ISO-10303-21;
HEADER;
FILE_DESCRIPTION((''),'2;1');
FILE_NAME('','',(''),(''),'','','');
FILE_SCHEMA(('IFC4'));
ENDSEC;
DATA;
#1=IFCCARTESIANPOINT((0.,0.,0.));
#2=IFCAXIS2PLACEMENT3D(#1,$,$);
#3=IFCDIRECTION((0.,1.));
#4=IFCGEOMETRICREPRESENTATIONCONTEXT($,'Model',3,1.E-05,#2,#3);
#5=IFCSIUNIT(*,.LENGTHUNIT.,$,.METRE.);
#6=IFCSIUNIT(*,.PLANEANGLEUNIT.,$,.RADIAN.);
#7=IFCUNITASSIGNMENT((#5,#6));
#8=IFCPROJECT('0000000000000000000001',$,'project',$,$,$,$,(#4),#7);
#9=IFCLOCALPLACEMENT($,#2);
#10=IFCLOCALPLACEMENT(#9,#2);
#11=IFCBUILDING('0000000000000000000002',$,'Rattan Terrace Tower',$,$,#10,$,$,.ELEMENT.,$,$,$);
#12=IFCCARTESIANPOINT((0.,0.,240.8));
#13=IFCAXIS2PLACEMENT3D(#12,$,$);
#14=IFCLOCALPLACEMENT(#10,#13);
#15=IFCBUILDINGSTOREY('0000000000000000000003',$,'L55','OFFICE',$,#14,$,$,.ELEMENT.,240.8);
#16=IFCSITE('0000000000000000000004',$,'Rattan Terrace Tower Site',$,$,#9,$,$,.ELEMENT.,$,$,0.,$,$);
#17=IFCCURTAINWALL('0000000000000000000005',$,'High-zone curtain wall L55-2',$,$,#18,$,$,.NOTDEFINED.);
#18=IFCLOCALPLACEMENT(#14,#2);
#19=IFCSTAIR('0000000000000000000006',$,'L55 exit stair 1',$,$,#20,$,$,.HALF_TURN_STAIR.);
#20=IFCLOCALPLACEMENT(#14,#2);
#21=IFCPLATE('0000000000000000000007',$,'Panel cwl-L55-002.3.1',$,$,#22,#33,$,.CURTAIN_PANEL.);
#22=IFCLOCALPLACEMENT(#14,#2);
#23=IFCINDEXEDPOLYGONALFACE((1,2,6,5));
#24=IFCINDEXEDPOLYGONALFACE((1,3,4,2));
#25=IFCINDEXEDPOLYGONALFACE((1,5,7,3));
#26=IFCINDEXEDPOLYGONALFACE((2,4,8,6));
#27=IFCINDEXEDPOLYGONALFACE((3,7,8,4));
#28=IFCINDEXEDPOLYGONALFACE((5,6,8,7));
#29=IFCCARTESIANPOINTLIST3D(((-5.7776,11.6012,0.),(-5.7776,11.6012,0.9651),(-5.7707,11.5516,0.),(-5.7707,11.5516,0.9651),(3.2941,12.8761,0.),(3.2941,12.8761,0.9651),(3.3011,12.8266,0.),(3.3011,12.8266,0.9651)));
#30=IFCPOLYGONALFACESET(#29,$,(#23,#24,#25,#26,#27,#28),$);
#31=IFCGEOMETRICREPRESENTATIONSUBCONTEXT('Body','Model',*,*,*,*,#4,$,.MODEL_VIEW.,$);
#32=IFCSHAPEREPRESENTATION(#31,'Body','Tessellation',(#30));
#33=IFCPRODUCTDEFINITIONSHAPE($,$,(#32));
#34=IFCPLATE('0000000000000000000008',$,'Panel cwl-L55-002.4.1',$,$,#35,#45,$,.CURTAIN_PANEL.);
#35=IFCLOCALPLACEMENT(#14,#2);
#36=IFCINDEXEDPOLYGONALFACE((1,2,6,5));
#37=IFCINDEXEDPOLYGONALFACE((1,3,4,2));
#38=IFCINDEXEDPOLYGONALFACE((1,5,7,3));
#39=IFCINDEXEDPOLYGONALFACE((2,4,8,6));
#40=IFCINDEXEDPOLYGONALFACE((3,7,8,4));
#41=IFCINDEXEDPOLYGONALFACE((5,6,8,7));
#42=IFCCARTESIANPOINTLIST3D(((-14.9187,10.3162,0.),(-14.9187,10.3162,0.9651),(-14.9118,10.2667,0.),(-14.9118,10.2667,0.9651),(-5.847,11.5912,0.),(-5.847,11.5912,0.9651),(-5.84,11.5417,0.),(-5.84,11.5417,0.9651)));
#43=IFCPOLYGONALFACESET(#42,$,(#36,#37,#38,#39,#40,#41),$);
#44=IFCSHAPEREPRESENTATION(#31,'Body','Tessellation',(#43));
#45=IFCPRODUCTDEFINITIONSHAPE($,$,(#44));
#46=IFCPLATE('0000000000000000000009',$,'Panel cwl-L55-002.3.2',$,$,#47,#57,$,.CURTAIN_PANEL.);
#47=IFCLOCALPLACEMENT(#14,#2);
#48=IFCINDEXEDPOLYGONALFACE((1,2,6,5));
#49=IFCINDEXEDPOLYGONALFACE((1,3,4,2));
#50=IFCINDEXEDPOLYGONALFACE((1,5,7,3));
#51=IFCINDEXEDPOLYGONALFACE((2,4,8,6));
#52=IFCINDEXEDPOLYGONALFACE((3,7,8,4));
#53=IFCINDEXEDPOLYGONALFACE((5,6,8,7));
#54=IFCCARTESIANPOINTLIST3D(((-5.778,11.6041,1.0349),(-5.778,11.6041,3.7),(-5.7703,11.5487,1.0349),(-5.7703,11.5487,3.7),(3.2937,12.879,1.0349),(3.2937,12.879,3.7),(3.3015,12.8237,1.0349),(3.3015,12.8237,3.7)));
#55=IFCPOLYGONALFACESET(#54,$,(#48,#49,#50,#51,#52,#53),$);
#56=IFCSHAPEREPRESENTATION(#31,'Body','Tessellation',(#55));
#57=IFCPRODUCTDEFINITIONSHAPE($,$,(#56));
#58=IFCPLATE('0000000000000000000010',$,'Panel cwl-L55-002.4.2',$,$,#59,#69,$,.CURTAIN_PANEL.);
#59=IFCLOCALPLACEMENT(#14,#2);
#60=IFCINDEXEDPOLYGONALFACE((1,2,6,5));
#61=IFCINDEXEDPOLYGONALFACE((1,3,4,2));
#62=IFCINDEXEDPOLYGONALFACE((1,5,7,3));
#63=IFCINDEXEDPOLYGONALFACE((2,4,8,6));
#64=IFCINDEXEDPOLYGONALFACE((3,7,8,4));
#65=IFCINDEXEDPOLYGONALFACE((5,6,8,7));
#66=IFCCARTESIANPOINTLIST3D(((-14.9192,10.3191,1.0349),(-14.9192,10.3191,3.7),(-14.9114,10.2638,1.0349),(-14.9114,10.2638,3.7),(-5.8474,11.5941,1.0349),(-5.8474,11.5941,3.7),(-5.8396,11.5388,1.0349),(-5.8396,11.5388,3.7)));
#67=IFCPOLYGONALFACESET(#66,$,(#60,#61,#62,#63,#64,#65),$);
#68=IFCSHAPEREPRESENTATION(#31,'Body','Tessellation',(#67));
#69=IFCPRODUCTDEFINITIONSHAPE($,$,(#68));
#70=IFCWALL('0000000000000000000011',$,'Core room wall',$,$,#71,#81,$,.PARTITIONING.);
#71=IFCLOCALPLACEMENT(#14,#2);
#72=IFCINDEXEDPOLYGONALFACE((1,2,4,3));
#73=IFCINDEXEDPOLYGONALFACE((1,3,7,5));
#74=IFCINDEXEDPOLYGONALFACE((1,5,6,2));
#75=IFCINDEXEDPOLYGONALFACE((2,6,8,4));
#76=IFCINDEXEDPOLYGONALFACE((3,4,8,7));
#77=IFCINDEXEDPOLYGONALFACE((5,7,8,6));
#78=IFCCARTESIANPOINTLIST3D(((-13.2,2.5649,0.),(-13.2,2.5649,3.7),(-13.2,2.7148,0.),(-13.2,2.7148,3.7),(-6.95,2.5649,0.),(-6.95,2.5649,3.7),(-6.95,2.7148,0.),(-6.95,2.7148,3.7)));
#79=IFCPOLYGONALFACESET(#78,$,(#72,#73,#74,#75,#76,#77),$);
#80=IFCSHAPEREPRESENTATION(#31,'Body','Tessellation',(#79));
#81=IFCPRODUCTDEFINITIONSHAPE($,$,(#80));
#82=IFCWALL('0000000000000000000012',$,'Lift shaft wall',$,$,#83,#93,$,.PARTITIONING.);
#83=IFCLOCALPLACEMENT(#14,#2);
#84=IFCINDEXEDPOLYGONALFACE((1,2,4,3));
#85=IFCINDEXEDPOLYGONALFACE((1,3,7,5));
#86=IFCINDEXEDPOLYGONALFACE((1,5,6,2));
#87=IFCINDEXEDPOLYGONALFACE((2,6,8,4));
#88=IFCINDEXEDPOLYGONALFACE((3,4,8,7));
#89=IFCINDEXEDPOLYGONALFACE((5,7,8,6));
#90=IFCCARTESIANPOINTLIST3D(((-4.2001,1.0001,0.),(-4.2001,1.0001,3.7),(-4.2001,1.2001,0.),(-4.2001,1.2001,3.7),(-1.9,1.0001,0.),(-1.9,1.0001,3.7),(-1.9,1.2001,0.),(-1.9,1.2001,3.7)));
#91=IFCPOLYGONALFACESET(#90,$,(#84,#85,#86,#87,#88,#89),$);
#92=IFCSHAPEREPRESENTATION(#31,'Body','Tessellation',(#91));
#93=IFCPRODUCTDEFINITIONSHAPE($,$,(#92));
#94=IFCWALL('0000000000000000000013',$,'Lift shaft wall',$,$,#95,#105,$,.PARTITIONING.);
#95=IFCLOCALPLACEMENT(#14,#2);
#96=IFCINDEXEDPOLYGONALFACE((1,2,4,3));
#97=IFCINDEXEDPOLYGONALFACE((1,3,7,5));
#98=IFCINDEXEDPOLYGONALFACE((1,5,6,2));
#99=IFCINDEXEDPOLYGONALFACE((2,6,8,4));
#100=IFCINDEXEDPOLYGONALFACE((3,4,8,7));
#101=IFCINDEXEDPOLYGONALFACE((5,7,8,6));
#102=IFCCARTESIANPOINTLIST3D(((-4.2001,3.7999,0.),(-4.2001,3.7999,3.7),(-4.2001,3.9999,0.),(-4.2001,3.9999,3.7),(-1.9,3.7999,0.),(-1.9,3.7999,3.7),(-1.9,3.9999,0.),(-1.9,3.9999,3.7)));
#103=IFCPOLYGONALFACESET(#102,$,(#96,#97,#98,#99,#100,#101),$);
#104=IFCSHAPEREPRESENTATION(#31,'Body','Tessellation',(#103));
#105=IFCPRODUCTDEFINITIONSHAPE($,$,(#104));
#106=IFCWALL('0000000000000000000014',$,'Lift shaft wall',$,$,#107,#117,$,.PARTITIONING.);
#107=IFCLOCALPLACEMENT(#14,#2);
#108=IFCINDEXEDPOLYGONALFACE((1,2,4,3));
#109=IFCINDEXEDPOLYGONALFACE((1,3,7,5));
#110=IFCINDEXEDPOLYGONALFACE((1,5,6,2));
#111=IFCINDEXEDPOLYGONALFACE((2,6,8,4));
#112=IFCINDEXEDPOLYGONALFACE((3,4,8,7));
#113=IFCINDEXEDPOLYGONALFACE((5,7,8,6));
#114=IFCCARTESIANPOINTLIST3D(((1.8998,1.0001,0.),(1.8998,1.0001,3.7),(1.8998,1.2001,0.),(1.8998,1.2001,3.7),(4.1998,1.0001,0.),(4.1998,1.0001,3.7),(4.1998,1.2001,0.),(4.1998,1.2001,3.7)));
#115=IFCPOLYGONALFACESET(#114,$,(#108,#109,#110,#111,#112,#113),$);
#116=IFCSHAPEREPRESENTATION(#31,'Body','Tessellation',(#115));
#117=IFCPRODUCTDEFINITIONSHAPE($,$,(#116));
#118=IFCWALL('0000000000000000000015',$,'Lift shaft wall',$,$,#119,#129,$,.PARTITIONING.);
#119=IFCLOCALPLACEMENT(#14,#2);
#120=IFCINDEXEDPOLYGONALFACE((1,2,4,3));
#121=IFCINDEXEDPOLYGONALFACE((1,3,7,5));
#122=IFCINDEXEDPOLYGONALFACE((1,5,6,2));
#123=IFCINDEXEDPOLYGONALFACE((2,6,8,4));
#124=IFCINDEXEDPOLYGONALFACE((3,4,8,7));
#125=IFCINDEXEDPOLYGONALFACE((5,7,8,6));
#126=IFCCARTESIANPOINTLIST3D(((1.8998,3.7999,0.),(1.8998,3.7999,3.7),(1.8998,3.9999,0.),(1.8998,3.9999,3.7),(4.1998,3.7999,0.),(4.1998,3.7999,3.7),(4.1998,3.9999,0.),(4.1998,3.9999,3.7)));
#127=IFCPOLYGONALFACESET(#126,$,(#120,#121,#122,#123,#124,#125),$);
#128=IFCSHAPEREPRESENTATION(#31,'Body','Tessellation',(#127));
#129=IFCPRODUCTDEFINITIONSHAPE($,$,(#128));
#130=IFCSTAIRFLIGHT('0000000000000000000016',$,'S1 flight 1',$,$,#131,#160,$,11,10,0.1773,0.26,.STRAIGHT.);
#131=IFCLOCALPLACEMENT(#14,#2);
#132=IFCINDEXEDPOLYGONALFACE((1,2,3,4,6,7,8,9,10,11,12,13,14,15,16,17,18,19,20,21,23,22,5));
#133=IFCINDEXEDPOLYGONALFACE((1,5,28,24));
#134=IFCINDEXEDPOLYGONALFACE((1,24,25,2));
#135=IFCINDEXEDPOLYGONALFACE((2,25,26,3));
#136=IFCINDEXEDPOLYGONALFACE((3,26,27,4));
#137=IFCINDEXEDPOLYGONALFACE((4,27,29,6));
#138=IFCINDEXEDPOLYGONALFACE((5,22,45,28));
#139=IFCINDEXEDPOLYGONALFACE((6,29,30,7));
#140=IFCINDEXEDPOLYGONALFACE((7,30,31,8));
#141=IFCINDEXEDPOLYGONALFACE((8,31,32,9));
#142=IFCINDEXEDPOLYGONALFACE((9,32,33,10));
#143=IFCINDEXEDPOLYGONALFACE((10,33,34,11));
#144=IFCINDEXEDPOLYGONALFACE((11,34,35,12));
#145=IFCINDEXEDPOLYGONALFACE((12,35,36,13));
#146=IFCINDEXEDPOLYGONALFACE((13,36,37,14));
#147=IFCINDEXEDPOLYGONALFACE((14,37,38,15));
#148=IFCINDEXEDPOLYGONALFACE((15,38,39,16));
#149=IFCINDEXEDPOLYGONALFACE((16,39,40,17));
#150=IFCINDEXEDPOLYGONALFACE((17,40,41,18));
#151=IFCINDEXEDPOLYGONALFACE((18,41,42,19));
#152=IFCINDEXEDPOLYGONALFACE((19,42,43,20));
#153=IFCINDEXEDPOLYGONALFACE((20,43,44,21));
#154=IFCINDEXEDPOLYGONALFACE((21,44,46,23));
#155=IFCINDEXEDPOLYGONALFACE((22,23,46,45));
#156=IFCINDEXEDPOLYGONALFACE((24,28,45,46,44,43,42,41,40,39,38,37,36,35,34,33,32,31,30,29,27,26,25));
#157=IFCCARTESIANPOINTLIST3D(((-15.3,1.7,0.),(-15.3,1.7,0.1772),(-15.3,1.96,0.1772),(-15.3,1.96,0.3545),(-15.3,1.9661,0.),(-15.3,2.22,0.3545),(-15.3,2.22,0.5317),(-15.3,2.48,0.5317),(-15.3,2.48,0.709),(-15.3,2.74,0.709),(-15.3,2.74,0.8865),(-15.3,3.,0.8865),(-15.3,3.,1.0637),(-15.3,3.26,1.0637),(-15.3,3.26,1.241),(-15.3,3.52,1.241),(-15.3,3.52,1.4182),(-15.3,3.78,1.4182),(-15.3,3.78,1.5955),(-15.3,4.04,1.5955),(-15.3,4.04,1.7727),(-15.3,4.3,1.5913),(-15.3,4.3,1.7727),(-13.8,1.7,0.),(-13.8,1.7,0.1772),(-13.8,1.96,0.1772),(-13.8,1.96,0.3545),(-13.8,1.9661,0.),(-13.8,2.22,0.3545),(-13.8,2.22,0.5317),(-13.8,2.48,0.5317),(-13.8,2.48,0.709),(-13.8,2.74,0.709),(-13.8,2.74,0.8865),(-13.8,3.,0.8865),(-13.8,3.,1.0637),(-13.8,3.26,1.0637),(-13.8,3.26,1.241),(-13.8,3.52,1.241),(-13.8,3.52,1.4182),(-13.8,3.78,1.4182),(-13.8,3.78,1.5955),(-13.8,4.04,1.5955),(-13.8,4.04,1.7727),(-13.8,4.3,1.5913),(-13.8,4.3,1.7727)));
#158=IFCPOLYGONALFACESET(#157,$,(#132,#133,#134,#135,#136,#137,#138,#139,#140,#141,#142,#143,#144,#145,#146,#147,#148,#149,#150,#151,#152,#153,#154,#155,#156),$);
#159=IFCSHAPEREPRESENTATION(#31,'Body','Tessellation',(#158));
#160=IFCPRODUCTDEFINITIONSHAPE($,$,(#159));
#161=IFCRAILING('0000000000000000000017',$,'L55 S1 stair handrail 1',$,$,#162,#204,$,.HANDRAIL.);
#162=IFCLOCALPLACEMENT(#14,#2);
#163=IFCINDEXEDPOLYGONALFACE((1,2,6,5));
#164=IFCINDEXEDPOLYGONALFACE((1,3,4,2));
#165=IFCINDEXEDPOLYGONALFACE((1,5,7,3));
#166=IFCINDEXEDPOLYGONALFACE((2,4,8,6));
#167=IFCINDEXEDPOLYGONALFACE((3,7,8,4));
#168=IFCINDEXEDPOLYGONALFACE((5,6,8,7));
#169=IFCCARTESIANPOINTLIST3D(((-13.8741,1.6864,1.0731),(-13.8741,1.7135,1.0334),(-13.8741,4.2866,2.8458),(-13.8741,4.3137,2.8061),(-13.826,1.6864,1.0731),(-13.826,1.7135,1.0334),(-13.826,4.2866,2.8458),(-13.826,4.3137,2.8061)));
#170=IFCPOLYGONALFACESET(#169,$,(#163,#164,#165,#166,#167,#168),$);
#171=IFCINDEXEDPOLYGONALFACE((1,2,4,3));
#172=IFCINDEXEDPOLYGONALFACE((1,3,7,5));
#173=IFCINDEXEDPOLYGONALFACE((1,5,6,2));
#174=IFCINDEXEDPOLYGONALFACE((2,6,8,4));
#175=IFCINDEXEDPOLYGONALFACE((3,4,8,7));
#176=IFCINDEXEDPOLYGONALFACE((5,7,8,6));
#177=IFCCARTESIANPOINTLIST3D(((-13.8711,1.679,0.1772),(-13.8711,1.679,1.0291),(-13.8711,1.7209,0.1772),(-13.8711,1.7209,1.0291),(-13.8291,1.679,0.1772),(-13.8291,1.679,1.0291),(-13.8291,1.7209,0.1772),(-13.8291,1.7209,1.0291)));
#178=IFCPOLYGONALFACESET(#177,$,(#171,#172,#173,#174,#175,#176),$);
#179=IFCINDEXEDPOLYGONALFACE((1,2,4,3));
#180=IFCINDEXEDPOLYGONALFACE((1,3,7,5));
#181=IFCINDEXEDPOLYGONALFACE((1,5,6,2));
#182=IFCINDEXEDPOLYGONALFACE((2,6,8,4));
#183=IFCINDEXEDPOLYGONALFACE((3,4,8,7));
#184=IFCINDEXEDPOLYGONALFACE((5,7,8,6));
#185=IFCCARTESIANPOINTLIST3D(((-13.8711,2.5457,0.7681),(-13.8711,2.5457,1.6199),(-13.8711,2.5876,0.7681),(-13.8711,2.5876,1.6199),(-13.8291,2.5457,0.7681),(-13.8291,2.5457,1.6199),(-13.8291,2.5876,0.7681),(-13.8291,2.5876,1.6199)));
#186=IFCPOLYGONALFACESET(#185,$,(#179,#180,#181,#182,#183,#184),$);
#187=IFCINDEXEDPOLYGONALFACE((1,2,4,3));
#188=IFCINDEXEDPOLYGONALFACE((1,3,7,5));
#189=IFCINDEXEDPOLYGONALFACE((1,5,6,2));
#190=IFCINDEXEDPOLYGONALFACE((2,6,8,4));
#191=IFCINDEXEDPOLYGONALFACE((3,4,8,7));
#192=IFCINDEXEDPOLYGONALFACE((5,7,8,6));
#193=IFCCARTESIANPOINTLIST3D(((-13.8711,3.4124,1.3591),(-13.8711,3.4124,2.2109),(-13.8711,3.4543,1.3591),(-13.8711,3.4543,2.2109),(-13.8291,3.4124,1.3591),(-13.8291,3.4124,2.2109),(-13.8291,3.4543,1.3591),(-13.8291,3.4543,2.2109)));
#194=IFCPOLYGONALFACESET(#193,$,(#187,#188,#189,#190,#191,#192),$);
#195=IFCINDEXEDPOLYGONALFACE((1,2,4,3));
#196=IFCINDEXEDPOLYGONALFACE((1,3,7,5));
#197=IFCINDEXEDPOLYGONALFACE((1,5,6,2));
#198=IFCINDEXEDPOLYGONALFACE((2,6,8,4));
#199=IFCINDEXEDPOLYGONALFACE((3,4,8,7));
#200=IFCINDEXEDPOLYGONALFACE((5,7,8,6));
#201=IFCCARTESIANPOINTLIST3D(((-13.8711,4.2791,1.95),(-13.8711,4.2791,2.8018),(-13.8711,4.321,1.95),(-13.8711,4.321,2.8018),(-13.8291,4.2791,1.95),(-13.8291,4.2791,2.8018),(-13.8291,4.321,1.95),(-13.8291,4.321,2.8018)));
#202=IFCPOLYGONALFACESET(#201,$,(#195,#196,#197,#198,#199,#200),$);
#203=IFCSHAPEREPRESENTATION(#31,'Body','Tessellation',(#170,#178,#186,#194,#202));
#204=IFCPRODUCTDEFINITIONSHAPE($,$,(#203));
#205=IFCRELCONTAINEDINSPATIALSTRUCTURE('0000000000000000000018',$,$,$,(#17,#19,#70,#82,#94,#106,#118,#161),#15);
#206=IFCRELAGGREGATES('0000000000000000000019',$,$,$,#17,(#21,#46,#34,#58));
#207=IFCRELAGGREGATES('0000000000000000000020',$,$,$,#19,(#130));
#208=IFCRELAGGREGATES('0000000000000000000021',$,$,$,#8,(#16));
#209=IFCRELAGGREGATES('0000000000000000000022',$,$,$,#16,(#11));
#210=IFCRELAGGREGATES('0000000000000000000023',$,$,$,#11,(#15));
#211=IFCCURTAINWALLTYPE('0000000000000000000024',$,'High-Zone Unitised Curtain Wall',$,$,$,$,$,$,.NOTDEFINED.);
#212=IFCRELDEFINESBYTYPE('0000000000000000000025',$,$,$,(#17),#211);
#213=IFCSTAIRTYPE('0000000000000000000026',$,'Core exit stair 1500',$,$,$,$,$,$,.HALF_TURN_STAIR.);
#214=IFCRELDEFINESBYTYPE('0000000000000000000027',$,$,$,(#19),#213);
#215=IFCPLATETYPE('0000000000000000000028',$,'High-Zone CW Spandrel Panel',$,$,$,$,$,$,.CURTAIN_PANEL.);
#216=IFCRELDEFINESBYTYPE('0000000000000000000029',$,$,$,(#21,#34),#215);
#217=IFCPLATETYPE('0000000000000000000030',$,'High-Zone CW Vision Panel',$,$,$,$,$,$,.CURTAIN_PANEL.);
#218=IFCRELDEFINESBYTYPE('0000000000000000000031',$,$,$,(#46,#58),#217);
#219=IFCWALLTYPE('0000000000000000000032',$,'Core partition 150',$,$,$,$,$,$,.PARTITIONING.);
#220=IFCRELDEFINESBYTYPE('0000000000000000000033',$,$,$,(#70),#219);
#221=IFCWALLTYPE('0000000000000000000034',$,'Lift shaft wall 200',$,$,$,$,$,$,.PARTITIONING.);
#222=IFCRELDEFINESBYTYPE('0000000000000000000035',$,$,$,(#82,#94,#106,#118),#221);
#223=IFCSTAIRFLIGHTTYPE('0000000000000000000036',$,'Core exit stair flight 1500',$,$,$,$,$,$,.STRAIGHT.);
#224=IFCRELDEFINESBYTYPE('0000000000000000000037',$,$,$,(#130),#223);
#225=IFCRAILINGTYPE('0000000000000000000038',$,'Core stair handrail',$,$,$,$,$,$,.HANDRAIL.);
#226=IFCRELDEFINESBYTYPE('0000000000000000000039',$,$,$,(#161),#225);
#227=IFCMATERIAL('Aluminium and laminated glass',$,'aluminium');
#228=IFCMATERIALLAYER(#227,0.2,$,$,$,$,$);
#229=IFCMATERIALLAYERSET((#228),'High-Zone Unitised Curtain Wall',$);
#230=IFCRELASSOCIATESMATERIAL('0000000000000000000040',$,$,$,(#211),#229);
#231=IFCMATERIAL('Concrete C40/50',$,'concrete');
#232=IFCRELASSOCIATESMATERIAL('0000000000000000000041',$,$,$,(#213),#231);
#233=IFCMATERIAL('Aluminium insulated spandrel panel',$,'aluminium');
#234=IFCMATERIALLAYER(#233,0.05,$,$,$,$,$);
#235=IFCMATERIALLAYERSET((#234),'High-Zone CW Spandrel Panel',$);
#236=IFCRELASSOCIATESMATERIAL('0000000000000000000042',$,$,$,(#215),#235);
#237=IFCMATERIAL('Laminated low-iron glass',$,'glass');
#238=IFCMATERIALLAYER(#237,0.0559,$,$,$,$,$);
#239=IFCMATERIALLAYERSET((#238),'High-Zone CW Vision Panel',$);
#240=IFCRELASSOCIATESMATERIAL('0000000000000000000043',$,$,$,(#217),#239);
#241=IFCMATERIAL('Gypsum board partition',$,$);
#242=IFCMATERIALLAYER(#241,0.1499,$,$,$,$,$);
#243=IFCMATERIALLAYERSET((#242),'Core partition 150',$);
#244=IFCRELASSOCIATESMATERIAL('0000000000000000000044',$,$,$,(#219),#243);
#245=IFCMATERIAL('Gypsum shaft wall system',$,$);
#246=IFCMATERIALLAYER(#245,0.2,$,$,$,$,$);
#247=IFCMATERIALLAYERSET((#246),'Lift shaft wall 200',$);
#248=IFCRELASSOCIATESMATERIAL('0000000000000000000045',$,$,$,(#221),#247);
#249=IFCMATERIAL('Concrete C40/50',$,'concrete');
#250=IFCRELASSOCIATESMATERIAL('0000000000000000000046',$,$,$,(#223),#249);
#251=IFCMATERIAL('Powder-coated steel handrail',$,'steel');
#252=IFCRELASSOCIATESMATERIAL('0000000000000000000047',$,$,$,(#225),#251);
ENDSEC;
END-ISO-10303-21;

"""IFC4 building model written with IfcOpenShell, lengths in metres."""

from ifc_helpers import new_model, si_unit, direction, frame, frame_2d, origin, origin_2d, place, context, subcontext, project, spatial, polyline, rectangle, outline, extrude, material, layer, layer_set, type_object, element, aggregate, save


model = new_model("IFC4")

# Units and contexts
model_context = context("Model", 3, precision=1e-05, world=origin(), true_north=direction((0.0, 1.0)))
body_context = subcontext(model_context, "Body", "Model", "MODEL_VIEW")
ifc_project = project(units=[si_unit("LENGTHUNIT", "METRE"), si_unit("PLANEANGLEUNIT", "RADIAN")], contexts=[model_context])

# Site, building, storey
site_placement = place(None, origin())
site = spatial("IfcSite", under=ifc_project, at=site_placement, Name="Rattan Terrace Tower Site", CompositionType="ELEMENT", RefElevation=0.0)
building_placement = place(site_placement, origin())
building = spatial("IfcBuilding", under=site, at=building_placement, Name="Rattan Terrace Tower", CompositionType="ELEMENT")
storey_placement = place(building_placement, frame((0.0, 0.0, 240.8)))
storey = spatial("IfcBuildingStorey", under=building, at=storey_placement, Name="L55", Description="OFFICE", CompositionType="ELEMENT", Elevation=240.8)

# Curtain wall
ifc_material_1 = material(Name="Aluminium and laminated glass", Category="aluminium")
ifc_layer_1 = layer(ifc_material_1, 0.2)
ifc_layer_set_1 = layer_set([ifc_layer_1], Name="High-Zone Unitised Curtain Wall")
curtain_wall_type = type_object("IfcCurtainWallType", Name="High-Zone Unitised Curtain Wall", PredefinedType="NOTDEFINED", material=ifc_layer_set_1)
curtain_wall_placement = place(storey_placement, origin())
curtain_wall = element("IfcCurtainWall", 1, at=curtain_wall_placement, inside=storey, type_object=curtain_wall_type, Name="High-zone curtain wall L55-2", PredefinedType="NOTDEFINED")

# Stair
ifc_material_2 = material(Name="Concrete C40/50", Category="concrete")
stair_type = type_object("IfcStairType", Name="Core exit stair 1500", PredefinedType="HALF_TURN_STAIR", material=ifc_material_2)
stair_1_placement = place(storey_placement, origin())
stair_1 = element("IfcStair", 2, at=stair_1_placement, inside=storey, type_object=stair_type, Name="L55 exit stair 1", PredefinedType="HALF_TURN_STAIR")

# Plates
ifc_material_3 = material(Name="Aluminium insulated spandrel panel", Category="aluminium")
ifc_layer_2 = layer(ifc_material_3, 0.05)
ifc_layer_set_2 = layer_set([ifc_layer_2], Name="High-Zone CW Spandrel Panel")
plate_type_1 = type_object("IfcPlateType", Name="High-Zone CW Spandrel Panel", PredefinedType="CURTAIN_PANEL", material=ifc_layer_set_2)
plate_1_placement = place(storey_placement, frame((-1.2383, 12.2139, 0.0), z_axis=(0.0, 0.0, 1.0), x_axis=(-0.990267, -0.139177, 0.0)))
plate_1 = element("IfcPlate", 3, at=plate_1_placement, type_object=plate_type_1, Name="Panel cwl-L55-002.3.1", PredefinedType="CURTAIN_PANEL", context=body_context, shape_type="SweptSolid", body=[
    extrude(rectangle(XDim=9.1609, YDim=0.05, at=origin_2d()), origin(), (0.0, 0.0, 1.0), 0.9651),
])
plate_2_placement = place(storey_placement, frame((-10.3794, 10.929, 0.0), z_axis=(0.0, 0.0, 1.0), x_axis=(-0.990267, -0.139177, 0.0)))
plate_2 = element("IfcPlate", 4, at=plate_2_placement, type_object=plate_type_1, Name="Panel cwl-L55-002.4.1", PredefinedType="CURTAIN_PANEL", context=body_context, shape_type="SweptSolid", body=[
    extrude(rectangle(XDim=9.1609, YDim=0.05, at=origin_2d()), origin(), (0.0, 0.0, 1.0), 0.9651),
])
ifc_material_4 = material(Name="Laminated low-iron glass", Category="glass")
ifc_layer_3 = layer(ifc_material_4, 0.0559)
ifc_layer_set_3 = layer_set([ifc_layer_3], Name="High-Zone CW Vision Panel")
plate_type_2 = type_object("IfcPlateType", Name="High-Zone CW Vision Panel", PredefinedType="CURTAIN_PANEL", material=ifc_layer_set_3)
plate_3_placement = place(storey_placement, frame((-1.2383, 12.2139, 1.0349), z_axis=(0.0, 0.0, 1.0), x_axis=(-0.990267, -0.139177, 0.0)))
plate_3 = element("IfcPlate", 5, at=plate_3_placement, type_object=plate_type_2, Name="Panel cwl-L55-002.3.2", PredefinedType="CURTAIN_PANEL", context=body_context, shape_type="SweptSolid", body=[
    extrude(rectangle(XDim=9.1609, YDim=0.0559, at=origin_2d()), origin(), (0.0, 0.0, 1.0), 2.665),
])
plate_4_placement = place(storey_placement, frame((-10.3794, 10.929, 1.0349), z_axis=(0.0, 0.0, 1.0), x_axis=(-0.990267, -0.139177, 0.0)))
plate_4 = element("IfcPlate", 6, at=plate_4_placement, type_object=plate_type_2, Name="Panel cwl-L55-002.4.2", PredefinedType="CURTAIN_PANEL", context=body_context, shape_type="SweptSolid", body=[
    extrude(rectangle(XDim=9.1609, YDim=0.0559, at=origin_2d()), origin(), (0.0, 0.0, 1.0), 2.665),
])
aggregate(curtain_wall, [plate_1, plate_3, plate_2, plate_4])

# Walls
ifc_material_5 = material(Name="Gypsum board partition")
ifc_layer_4 = layer(ifc_material_5, 0.1499)
ifc_layer_set_4 = layer_set([ifc_layer_4], Name="Core partition 150")
wall_type_1 = type_object("IfcWallType", Name="Core partition 150", PredefinedType="PARTITIONING", material=ifc_layer_set_4)
wall_placement = place(storey_placement, frame((-13.2, 2.6399, 0.0), z_axis=(0.0, 0.0, 1.0), x_axis=(1.0, 0.0, 0.0)))
element("IfcWall", 7, at=wall_placement, inside=storey, type_object=wall_type_1, Name="Core room wall", PredefinedType="PARTITIONING", context=body_context, shape_type="SweptSolid", body=[
    extrude(rectangle(XDim=6.25, YDim=0.1499, at=frame_2d((3.125, 0.0))), origin(), (0.0, 0.0, 1.0), 3.7),
])
ifc_material_6 = material(Name="Gypsum shaft wall system")
ifc_layer_5 = layer(ifc_material_6, 0.2)
ifc_layer_set_5 = layer_set([ifc_layer_5], Name="Lift shaft wall 200")
wall_type_2 = type_object("IfcWallType", Name="Lift shaft wall 200", PredefinedType="PARTITIONING", material=ifc_layer_set_5)
for number, where, z_axis, x_axis, name in (
    (8, (-4.2, 1.1001, 0.0), (0.0, 0.0, 1.0), (1.0, 0.0, 0.0), "Lift shaft wall"),
    (9, (-4.2, 3.8999, 0.0), (0.0, 0.0, 1.0), (1.0, 0.0, 0.0), "Lift shaft wall"),
    (10, (1.8999, 1.1001, 0.0), (0.0, 0.0, 1.0), (1.0, 0.0, 0.0), "Lift shaft wall"),
    (11, (1.8999, 3.8999, 0.0), (0.0, 0.0, 1.0), (1.0, 0.0, 0.0), "Lift shaft wall"),
):
    element("IfcWall", number, at=place(storey_placement, frame(where, z_axis=z_axis, x_axis=x_axis)), inside=storey, type_object=wall_type_2, Name=name, PredefinedType="PARTITIONING", context=body_context, shape_type="SweptSolid", body=[
        extrude(rectangle(XDim=2.3, YDim=0.2, at=frame_2d((1.1499, 0.0))), origin(), (0.0, 0.0, 1.0), 3.7),
    ])

# Stair flight
ifc_material_7 = material(Name="Concrete C40/50", Category="concrete")
stair_flight_type = type_object("IfcStairFlightType", Name="Core exit stair flight 1500", PredefinedType="STRAIGHT", material=ifc_material_7)
stair_flight_placement = place(storey_placement, frame((-14.55, 1.7, 0.0), z_axis=(0.0, 0.0, 1.0), x_axis=(0.0, 1.0, 0.0)))
stair_flight = element("IfcStairFlight", 12, at=stair_flight_placement, type_object=stair_flight_type, Name="S1 flight 1", NumberOfRisers=11, NumberOfTreads=10, PredefinedType="STRAIGHT", RiserHeight=0.1773, TreadLength=0.26, context=body_context, shape_type="SweptSolid", body=[
    extrude(outline(polyline([(0.0, 0.0), (0.0, 0.1772), (0.26, 0.1772), (0.26, 0.3545), (0.52, 0.3545), (0.52, 0.5317), (0.78, 0.5317), (0.78, 0.709), (1.04, 0.709), (1.04, 0.8865), (1.3, 0.8865), (1.3, 1.0637), (1.5601, 1.0637), (1.5601, 1.241), (1.8201, 1.241), (1.8201, 1.4182), (2.0801, 1.4182), (2.0801, 1.5955), (2.3401, 1.5955), (2.3401, 1.7727), (2.6001, 1.7727), (2.6001, 1.95), (2.6001, 1.5913), (0.2661, 0.0), (0.0, 0.0)])), frame((0.0, 0.75, 0.0), z_axis=(0.0, -1.0, 0.0), x_axis=(1.0, 0.0, 0.0)), (0.0, 0.0, 1.0), 1.5),
])
aggregate(stair_1, [stair_flight])

# Railing
ifc_material_8 = material(Name="Powder-coated steel handrail", Category="steel")
railing_type = type_object("IfcRailingType", Name="Core stair handrail", PredefinedType="HANDRAIL", material=ifc_material_8)
railing_placement = place(storey_placement, frame((-13.8501, 1.7, 0.1772)))
element("IfcRailing", 13, at=railing_placement, inside=storey, type_object=railing_type, Name="L55 S1 stair handrail 1", PredefinedType="HANDRAIL", context=body_context, shape_type="SweptSolid", body=[
    extrude(rectangle(XDim=0.0481, YDim=0.0481, at=origin_2d()), frame((0.0, 0.0, 0.876), z_axis=(0.0, 0.82624, 0.563318), x_axis=(-1.0, 0.0, 0.0)), (0.0, 0.0, 1.0), 3.147),
    extrude(rectangle(XDim=0.042, YDim=0.042, at=origin_2d()), origin(), (0.0, 0.0, 1.0), 0.8518),
    extrude(rectangle(XDim=0.042, YDim=0.042, at=origin_2d()), frame((0.0, 0.8667, 0.5908)), (0.0, 0.0, 1.0), 0.8518),
    extrude(rectangle(XDim=0.042, YDim=0.042, at=origin_2d()), frame((0.0, 1.7334, 1.1819)), (0.0, 0.0, 1.0), 0.8518),
    extrude(rectangle(XDim=0.042, YDim=0.042, at=origin_2d()), frame((0.0, 2.6001, 1.7727)), (0.0, 0.0, 1.0), 0.8518),
])

save(model, "model.ifc")
